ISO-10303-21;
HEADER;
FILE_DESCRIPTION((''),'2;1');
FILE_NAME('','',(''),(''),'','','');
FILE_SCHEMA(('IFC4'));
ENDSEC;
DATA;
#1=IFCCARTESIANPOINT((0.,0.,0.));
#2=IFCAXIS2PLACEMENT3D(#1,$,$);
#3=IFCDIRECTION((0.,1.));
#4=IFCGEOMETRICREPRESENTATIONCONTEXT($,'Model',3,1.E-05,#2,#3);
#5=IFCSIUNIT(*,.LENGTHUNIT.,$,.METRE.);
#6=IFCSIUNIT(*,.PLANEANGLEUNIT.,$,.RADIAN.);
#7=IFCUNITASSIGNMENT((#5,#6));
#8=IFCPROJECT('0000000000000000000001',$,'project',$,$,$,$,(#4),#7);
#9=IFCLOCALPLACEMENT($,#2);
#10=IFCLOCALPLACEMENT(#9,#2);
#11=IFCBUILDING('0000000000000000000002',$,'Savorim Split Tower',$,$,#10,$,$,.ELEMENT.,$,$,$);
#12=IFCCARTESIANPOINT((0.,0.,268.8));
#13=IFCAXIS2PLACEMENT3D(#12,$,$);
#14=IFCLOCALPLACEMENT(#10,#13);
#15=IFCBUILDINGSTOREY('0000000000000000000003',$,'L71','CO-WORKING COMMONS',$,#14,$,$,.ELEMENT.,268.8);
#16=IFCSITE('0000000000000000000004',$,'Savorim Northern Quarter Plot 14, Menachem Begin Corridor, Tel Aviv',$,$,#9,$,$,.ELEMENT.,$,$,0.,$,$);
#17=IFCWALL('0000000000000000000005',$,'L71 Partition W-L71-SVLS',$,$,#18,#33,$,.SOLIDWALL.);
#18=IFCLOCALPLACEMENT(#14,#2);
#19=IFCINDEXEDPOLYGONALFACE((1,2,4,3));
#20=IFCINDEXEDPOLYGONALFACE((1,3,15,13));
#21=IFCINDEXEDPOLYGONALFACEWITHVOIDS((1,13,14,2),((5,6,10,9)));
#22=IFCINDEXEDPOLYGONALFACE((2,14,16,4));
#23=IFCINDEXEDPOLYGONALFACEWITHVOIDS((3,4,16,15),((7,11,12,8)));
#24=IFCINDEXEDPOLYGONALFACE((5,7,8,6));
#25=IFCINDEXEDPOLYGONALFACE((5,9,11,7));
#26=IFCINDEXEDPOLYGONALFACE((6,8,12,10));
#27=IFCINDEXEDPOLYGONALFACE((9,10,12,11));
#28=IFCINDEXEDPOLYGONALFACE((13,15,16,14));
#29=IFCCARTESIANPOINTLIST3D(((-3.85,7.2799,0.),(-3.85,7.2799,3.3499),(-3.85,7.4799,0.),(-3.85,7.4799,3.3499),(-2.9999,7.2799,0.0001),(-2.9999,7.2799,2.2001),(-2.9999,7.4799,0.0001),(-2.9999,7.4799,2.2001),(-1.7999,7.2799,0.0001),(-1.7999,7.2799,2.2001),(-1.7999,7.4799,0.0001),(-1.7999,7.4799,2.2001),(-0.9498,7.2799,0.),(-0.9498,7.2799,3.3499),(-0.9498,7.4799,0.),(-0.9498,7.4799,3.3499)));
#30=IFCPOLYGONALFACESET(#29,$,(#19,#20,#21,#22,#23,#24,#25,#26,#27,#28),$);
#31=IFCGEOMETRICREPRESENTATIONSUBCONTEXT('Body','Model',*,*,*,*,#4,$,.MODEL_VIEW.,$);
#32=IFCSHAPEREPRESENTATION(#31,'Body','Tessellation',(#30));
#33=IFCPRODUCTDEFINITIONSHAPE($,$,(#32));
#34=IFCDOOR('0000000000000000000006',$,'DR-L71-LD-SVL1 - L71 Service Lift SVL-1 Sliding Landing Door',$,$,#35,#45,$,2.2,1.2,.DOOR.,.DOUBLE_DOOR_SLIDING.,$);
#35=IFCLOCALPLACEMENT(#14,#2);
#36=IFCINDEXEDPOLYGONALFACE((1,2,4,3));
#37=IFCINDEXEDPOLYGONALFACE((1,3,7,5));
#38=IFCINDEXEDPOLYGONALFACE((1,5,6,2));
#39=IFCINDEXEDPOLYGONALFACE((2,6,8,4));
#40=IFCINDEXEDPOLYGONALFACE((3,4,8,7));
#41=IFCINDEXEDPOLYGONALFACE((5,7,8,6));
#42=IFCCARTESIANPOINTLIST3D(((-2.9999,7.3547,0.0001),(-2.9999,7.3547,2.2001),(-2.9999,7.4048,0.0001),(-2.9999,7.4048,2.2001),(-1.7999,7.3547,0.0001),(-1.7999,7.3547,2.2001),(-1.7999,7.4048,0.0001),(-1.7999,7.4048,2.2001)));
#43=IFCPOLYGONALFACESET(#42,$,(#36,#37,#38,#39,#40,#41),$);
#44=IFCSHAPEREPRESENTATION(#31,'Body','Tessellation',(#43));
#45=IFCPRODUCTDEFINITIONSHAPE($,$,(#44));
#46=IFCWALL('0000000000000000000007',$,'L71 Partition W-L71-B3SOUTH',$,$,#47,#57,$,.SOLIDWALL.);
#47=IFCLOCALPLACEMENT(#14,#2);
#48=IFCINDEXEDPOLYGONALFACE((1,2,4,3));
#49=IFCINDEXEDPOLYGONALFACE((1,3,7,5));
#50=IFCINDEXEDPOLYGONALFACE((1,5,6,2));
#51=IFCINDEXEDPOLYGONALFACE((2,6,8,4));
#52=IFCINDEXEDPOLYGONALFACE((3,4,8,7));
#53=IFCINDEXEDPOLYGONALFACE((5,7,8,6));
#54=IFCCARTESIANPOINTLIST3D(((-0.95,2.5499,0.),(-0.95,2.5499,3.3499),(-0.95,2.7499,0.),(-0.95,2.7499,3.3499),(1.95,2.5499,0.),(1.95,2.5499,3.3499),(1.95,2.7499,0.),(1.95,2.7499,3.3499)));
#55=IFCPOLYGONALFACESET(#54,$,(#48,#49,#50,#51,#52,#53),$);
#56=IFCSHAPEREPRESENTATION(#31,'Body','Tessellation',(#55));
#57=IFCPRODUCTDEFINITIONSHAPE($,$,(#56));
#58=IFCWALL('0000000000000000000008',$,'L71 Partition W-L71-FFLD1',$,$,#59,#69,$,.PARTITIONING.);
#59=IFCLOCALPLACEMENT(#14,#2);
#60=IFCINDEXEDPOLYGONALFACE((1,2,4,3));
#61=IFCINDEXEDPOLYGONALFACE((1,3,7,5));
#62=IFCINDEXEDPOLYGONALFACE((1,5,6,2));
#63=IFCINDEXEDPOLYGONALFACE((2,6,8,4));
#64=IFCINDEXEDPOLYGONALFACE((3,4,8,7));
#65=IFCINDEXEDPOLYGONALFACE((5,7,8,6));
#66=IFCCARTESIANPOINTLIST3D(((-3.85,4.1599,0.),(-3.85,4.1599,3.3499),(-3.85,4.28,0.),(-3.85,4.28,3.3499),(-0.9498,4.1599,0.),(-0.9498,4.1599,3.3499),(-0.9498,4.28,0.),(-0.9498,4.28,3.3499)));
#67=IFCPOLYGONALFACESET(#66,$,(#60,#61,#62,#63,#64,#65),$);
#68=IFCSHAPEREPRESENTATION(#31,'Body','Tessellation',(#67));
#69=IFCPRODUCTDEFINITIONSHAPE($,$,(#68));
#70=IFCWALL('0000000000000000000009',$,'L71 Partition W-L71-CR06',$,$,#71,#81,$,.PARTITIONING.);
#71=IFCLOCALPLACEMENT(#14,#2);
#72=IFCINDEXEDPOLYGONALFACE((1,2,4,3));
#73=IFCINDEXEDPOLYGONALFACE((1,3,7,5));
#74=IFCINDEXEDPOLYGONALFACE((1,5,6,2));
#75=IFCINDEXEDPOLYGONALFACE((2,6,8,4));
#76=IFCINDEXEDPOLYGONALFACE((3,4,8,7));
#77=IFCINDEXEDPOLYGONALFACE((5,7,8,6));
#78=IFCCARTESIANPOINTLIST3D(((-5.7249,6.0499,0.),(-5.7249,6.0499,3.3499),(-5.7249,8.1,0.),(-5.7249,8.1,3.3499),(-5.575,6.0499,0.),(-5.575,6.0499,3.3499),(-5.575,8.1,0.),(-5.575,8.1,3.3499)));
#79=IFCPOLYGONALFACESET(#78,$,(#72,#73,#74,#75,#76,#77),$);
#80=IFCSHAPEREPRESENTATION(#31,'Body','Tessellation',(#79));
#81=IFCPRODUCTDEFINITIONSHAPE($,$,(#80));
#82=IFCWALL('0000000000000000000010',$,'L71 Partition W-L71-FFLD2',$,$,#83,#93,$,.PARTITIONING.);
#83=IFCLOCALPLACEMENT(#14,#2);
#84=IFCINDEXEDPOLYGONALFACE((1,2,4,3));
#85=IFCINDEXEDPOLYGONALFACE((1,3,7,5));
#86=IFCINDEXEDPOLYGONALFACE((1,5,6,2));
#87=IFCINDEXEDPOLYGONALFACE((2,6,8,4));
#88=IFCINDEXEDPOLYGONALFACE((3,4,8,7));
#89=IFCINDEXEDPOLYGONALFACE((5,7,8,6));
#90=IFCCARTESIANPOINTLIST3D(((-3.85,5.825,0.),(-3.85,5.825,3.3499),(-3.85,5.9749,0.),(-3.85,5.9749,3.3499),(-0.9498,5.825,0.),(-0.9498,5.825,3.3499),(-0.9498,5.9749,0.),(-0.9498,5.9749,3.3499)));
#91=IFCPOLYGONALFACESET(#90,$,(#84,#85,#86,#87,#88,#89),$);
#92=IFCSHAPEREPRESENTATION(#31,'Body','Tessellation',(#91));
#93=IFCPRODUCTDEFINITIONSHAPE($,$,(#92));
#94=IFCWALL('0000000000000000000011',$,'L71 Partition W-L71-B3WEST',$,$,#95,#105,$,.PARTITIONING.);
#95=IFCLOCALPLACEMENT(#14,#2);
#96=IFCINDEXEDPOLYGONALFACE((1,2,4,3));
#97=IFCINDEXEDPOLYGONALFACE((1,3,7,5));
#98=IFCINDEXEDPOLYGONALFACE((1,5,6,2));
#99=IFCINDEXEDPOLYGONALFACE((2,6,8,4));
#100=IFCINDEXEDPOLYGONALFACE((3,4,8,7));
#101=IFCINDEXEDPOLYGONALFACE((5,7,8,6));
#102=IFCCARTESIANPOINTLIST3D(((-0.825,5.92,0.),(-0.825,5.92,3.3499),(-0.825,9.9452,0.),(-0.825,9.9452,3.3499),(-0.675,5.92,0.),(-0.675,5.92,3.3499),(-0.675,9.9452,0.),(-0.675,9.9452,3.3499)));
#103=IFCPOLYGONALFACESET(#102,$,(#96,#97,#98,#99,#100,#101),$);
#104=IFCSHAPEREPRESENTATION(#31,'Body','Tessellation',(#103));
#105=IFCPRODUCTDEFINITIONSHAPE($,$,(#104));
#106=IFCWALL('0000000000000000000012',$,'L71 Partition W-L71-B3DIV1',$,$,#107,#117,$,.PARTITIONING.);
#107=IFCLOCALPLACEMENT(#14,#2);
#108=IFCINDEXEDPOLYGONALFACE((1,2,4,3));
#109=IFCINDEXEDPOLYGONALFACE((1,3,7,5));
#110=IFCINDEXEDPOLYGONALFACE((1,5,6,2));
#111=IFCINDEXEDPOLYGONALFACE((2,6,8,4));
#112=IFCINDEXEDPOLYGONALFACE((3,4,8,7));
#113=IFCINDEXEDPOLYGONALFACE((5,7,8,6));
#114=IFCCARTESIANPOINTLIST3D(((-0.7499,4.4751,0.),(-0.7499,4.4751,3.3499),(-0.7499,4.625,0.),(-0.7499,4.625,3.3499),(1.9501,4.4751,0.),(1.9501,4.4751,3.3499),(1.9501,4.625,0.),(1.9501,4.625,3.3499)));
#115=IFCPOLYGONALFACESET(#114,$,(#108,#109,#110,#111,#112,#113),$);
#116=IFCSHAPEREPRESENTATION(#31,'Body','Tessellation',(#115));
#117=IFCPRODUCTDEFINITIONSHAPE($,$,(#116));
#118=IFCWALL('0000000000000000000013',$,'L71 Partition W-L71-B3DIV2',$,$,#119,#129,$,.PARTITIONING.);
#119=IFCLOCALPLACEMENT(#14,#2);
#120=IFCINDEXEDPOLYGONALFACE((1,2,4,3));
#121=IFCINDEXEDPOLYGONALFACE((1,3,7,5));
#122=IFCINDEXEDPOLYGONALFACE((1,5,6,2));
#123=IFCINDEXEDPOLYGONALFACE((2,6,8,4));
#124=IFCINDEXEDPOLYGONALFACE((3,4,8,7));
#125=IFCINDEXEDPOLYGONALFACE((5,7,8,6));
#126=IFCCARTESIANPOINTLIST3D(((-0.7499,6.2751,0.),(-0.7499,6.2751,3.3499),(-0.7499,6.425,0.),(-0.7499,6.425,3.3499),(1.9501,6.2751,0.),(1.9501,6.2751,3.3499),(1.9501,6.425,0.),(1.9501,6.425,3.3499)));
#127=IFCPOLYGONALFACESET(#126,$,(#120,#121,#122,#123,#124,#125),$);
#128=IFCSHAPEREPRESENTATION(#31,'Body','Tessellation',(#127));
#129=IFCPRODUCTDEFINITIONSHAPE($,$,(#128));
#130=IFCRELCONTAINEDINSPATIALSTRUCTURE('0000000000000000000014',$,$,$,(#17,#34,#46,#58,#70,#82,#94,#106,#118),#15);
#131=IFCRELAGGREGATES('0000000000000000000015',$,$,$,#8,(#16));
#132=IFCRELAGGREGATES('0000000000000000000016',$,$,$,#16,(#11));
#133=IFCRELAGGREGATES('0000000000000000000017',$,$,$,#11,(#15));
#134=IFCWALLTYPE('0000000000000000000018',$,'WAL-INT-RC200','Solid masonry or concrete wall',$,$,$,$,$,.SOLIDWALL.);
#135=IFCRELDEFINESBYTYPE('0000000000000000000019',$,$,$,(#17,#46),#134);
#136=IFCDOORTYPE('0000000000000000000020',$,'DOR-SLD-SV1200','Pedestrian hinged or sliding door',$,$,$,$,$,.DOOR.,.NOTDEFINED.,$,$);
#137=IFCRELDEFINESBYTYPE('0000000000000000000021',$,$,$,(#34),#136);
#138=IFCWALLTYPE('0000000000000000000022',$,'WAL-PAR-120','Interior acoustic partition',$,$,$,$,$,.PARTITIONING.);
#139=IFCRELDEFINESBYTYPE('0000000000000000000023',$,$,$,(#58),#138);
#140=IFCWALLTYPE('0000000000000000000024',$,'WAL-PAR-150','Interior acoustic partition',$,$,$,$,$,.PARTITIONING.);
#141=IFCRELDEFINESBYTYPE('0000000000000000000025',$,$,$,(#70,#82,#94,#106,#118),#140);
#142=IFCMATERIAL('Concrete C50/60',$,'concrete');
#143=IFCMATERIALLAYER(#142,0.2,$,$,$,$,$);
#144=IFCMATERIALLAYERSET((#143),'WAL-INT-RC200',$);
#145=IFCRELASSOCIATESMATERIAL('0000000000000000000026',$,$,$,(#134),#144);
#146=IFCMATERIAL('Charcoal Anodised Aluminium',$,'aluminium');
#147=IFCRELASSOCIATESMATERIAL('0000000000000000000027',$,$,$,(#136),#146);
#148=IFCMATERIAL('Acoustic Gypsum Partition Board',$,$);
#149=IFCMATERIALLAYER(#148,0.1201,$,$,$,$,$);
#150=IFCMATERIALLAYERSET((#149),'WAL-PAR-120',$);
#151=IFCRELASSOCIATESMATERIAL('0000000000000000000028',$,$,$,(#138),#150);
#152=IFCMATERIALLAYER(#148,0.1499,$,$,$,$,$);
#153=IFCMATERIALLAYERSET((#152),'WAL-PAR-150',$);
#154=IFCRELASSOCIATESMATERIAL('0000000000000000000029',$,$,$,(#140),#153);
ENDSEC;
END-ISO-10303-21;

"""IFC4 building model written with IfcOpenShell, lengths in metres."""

from ifc_helpers import new_model, si_unit, direction, frame, frame_2d, origin, place, context, subcontext, project, spatial, rectangle, extrude, material, layer, layer_set, type_object, element, fill, save


model = new_model("IFC4")

# Units and contexts
model_context = context("Model", 3, precision=1e-05, world=origin(), true_north=direction((0.0, 1.0)))
body_context = subcontext(model_context, "Body", "Model", "MODEL_VIEW")
ifc_project = project(units=[si_unit("LENGTHUNIT", "METRE"), si_unit("PLANEANGLEUNIT", "RADIAN")], contexts=[model_context])

# Site, building, storey
site_placement = place(None, origin())
site = spatial("IfcSite", under=ifc_project, at=site_placement, Name="Savorim Northern Quarter Plot 14, Menachem Begin Corridor, Tel Aviv", CompositionType="ELEMENT", RefElevation=0.0)
building_placement = place(site_placement, origin())
building = spatial("IfcBuilding", under=site, at=building_placement, Name="Savorim Split Tower", CompositionType="ELEMENT")
storey_placement = place(building_placement, frame((0.0, 0.0, 268.8)))
storey = spatial("IfcBuildingStorey", under=building, at=storey_placement, Name="L71", Description="CO-WORKING COMMONS", CompositionType="ELEMENT", Elevation=268.8)

# Shared definitions
ifc_material_1 = material(Name="Charcoal Anodised Aluminium", Category="aluminium")

# Shared definitions
ifc_material_2 = material(Name="Concrete C50/60", Category="concrete")
ifc_layer_1 = layer(ifc_material_2, 0.2)
ifc_layer_set_1 = layer_set([ifc_layer_1], Name="WAL-INT-RC200")
wall_type_1 = type_object("IfcWallType", Name="WAL-INT-RC200", Description="Solid masonry or concrete wall", PredefinedType="SOLIDWALL", material=ifc_layer_set_1)

# Wall, opening, door
wall_1_placement = place(storey_placement, frame((-3.8501, 7.3799, 0.0), z_axis=(0.0, 0.0, 1.0), x_axis=(1.0, 0.0, 0.0)))
wall_1 = element("IfcWall", 1, at=wall_1_placement, inside=storey, type_object=wall_type_1, Name="L71 Partition W-L71-SVLS", PredefinedType="SOLIDWALL", context=body_context, shape_type="SweptSolid", body=[
    extrude(rectangle(XDim=2.9001, YDim=0.2, at=frame_2d((1.4502, 0.0))), origin(), (0.0, 0.0, 1.0), 3.3499),
])
opening_1_placement = place(wall_1_placement, frame((0.8501, 0.0, 0.0)))
opening_1 = element("IfcOpeningElement", 2, at=opening_1_placement, cuts=wall_1, PredefinedType="OPENING", context=body_context, shape_type="SweptSolid", body=[
    extrude(rectangle(XDim=1.2, YDim=2.2, at=frame_2d((0.6001, 1.1001))), frame((0.0, 0.1099, 0.0), z_axis=(0.0, -1.0, 0.0), x_axis=(1.0, 0.0, 0.0)), (0.0, 0.0, 1.0), 0.22),
])
door_type_1 = type_object("IfcDoorType", Name="DOR-SLD-SV1200", Description="Pedestrian hinged or sliding door", OperationType="NOTDEFINED", PredefinedType="DOOR", material=ifc_material_1)
door_1_placement = place(opening_1_placement, origin())
door_1 = element("IfcDoor", 3, at=door_1_placement, inside=storey, type_object=door_type_1, Name="DR-L71-LD-SVL1 - L71 Service Lift SVL-1 Sliding Landing Door", OperationType="DOUBLE_DOOR_SLIDING", OverallHeight=2.2, OverallWidth=1.2, PredefinedType="DOOR", context=body_context, shape_type="SweptSolid", body=[
    extrude(rectangle(XDim=1.2, YDim=2.2, at=frame_2d((0.6001, 1.1001))), frame((0.0, 0.0249, 0.0), z_axis=(0.0, -1.0, 0.0), x_axis=(1.0, 0.0, 0.0)), (0.0, 0.0, 1.0), 0.05),
])
fill(opening_1, door_1)

# Walls
wall_2_placement = place(storey_placement, frame((-0.95, 2.6499, 0.0), z_axis=(0.0, 0.0, 1.0), x_axis=(1.0, 0.0, 0.0)))
element("IfcWall", 4, at=wall_2_placement, inside=storey, type_object=wall_type_1, Name="L71 Partition W-L71-B3SOUTH", PredefinedType="SOLIDWALL", context=body_context, shape_type="SweptSolid", body=[
    extrude(rectangle(XDim=2.8999, YDim=0.2, at=frame_2d((1.45, 0.0))), origin(), (0.0, 0.0, 1.0), 3.3499),
])
ifc_material_3 = material(Name="Acoustic Gypsum Partition Board")
ifc_layer_2 = layer(ifc_material_3, 0.1201)
ifc_layer_set_2 = layer_set([ifc_layer_2], Name="WAL-PAR-120")
wall_type_2 = type_object("IfcWallType", Name="WAL-PAR-120", Description="Interior acoustic partition", PredefinedType="PARTITIONING", material=ifc_layer_set_2)
wall_3_placement = place(storey_placement, frame((-3.8501, 4.22, 0.0), z_axis=(0.0, 0.0, 1.0), x_axis=(1.0, 0.0, 0.0)))
element("IfcWall", 5, at=wall_3_placement, inside=storey, type_object=wall_type_2, Name="L71 Partition W-L71-FFLD1", PredefinedType="PARTITIONING", context=body_context, shape_type="SweptSolid", body=[
    extrude(rectangle(XDim=2.9001, YDim=0.1201, at=frame_2d((1.4502, 0.0))), origin(), (0.0, 0.0, 1.0), 3.3499),
])
ifc_layer_3 = layer(ifc_material_3, 0.1499)
ifc_layer_set_3 = layer_set([ifc_layer_3], Name="WAL-PAR-150")
wall_type_3 = type_object("IfcWallType", Name="WAL-PAR-150", Description="Interior acoustic partition", PredefinedType="PARTITIONING", material=ifc_layer_set_3)
wall_4_placement = place(storey_placement, frame((-5.6499, 6.05, 0.0), z_axis=(0.0, 0.0, 1.0), x_axis=(0.0, 1.0, 0.0)))
element("IfcWall", 6, at=wall_4_placement, inside=storey, type_object=wall_type_3, Name="L71 Partition W-L71-CR06", PredefinedType="PARTITIONING", context=body_context, shape_type="SweptSolid", body=[
    extrude(rectangle(XDim=2.05, YDim=0.1499, at=frame_2d((1.0249, 0.0))), origin(), (0.0, 0.0, 1.0), 3.3499),
])
wall_5_placement = place(storey_placement, frame((-3.8501, 5.8999, 0.0), z_axis=(0.0, 0.0, 1.0), x_axis=(1.0, 0.0, 0.0)))
element("IfcWall", 7, at=wall_5_placement, inside=storey, type_object=wall_type_3, Name="L71 Partition W-L71-FFLD2", PredefinedType="PARTITIONING", context=body_context, shape_type="SweptSolid", body=[
    extrude(rectangle(XDim=2.9001, YDim=0.1499, at=frame_2d((1.4502, 0.0))), origin(), (0.0, 0.0, 1.0), 3.3499),
])
wall_6_placement = place(storey_placement, frame((-0.75, 5.9199, 0.0), z_axis=(0.0, 0.0, 1.0), x_axis=(0.0, 1.0, 0.0)))
element("IfcWall", 8, at=wall_6_placement, inside=storey, type_object=wall_type_3, Name="L71 Partition W-L71-B3WEST", PredefinedType="PARTITIONING", context=body_context, shape_type="SweptSolid", body=[
    extrude(rectangle(XDim=4.0251, YDim=0.1499, at=frame_2d((2.0127, 0.0))), origin(), (0.0, 0.0, 1.0), 3.3499),
])
for number, where, z_axis, x_axis, name in (
    (9, (-0.75, 4.55, 0.0), (0.0, 0.0, 1.0), (1.0, 0.0, 0.0), "L71 Partition W-L71-B3DIV1"),
    (10, (-0.75, 6.3501, 0.0), (0.0, 0.0, 1.0), (1.0, 0.0, 0.0), "L71 Partition W-L71-B3DIV2"),
):
    element("IfcWall", number, at=place(storey_placement, frame(where, z_axis=z_axis, x_axis=x_axis)), inside=storey, type_object=wall_type_3, Name=name, PredefinedType="PARTITIONING", context=body_context, shape_type="SweptSolid", body=[
        extrude(rectangle(XDim=2.7, YDim=0.1499, at=frame_2d((1.3501, 0.0))), origin(), (0.0, 0.0, 1.0), 3.3499),
    ])

save(model, "model.ifc")
